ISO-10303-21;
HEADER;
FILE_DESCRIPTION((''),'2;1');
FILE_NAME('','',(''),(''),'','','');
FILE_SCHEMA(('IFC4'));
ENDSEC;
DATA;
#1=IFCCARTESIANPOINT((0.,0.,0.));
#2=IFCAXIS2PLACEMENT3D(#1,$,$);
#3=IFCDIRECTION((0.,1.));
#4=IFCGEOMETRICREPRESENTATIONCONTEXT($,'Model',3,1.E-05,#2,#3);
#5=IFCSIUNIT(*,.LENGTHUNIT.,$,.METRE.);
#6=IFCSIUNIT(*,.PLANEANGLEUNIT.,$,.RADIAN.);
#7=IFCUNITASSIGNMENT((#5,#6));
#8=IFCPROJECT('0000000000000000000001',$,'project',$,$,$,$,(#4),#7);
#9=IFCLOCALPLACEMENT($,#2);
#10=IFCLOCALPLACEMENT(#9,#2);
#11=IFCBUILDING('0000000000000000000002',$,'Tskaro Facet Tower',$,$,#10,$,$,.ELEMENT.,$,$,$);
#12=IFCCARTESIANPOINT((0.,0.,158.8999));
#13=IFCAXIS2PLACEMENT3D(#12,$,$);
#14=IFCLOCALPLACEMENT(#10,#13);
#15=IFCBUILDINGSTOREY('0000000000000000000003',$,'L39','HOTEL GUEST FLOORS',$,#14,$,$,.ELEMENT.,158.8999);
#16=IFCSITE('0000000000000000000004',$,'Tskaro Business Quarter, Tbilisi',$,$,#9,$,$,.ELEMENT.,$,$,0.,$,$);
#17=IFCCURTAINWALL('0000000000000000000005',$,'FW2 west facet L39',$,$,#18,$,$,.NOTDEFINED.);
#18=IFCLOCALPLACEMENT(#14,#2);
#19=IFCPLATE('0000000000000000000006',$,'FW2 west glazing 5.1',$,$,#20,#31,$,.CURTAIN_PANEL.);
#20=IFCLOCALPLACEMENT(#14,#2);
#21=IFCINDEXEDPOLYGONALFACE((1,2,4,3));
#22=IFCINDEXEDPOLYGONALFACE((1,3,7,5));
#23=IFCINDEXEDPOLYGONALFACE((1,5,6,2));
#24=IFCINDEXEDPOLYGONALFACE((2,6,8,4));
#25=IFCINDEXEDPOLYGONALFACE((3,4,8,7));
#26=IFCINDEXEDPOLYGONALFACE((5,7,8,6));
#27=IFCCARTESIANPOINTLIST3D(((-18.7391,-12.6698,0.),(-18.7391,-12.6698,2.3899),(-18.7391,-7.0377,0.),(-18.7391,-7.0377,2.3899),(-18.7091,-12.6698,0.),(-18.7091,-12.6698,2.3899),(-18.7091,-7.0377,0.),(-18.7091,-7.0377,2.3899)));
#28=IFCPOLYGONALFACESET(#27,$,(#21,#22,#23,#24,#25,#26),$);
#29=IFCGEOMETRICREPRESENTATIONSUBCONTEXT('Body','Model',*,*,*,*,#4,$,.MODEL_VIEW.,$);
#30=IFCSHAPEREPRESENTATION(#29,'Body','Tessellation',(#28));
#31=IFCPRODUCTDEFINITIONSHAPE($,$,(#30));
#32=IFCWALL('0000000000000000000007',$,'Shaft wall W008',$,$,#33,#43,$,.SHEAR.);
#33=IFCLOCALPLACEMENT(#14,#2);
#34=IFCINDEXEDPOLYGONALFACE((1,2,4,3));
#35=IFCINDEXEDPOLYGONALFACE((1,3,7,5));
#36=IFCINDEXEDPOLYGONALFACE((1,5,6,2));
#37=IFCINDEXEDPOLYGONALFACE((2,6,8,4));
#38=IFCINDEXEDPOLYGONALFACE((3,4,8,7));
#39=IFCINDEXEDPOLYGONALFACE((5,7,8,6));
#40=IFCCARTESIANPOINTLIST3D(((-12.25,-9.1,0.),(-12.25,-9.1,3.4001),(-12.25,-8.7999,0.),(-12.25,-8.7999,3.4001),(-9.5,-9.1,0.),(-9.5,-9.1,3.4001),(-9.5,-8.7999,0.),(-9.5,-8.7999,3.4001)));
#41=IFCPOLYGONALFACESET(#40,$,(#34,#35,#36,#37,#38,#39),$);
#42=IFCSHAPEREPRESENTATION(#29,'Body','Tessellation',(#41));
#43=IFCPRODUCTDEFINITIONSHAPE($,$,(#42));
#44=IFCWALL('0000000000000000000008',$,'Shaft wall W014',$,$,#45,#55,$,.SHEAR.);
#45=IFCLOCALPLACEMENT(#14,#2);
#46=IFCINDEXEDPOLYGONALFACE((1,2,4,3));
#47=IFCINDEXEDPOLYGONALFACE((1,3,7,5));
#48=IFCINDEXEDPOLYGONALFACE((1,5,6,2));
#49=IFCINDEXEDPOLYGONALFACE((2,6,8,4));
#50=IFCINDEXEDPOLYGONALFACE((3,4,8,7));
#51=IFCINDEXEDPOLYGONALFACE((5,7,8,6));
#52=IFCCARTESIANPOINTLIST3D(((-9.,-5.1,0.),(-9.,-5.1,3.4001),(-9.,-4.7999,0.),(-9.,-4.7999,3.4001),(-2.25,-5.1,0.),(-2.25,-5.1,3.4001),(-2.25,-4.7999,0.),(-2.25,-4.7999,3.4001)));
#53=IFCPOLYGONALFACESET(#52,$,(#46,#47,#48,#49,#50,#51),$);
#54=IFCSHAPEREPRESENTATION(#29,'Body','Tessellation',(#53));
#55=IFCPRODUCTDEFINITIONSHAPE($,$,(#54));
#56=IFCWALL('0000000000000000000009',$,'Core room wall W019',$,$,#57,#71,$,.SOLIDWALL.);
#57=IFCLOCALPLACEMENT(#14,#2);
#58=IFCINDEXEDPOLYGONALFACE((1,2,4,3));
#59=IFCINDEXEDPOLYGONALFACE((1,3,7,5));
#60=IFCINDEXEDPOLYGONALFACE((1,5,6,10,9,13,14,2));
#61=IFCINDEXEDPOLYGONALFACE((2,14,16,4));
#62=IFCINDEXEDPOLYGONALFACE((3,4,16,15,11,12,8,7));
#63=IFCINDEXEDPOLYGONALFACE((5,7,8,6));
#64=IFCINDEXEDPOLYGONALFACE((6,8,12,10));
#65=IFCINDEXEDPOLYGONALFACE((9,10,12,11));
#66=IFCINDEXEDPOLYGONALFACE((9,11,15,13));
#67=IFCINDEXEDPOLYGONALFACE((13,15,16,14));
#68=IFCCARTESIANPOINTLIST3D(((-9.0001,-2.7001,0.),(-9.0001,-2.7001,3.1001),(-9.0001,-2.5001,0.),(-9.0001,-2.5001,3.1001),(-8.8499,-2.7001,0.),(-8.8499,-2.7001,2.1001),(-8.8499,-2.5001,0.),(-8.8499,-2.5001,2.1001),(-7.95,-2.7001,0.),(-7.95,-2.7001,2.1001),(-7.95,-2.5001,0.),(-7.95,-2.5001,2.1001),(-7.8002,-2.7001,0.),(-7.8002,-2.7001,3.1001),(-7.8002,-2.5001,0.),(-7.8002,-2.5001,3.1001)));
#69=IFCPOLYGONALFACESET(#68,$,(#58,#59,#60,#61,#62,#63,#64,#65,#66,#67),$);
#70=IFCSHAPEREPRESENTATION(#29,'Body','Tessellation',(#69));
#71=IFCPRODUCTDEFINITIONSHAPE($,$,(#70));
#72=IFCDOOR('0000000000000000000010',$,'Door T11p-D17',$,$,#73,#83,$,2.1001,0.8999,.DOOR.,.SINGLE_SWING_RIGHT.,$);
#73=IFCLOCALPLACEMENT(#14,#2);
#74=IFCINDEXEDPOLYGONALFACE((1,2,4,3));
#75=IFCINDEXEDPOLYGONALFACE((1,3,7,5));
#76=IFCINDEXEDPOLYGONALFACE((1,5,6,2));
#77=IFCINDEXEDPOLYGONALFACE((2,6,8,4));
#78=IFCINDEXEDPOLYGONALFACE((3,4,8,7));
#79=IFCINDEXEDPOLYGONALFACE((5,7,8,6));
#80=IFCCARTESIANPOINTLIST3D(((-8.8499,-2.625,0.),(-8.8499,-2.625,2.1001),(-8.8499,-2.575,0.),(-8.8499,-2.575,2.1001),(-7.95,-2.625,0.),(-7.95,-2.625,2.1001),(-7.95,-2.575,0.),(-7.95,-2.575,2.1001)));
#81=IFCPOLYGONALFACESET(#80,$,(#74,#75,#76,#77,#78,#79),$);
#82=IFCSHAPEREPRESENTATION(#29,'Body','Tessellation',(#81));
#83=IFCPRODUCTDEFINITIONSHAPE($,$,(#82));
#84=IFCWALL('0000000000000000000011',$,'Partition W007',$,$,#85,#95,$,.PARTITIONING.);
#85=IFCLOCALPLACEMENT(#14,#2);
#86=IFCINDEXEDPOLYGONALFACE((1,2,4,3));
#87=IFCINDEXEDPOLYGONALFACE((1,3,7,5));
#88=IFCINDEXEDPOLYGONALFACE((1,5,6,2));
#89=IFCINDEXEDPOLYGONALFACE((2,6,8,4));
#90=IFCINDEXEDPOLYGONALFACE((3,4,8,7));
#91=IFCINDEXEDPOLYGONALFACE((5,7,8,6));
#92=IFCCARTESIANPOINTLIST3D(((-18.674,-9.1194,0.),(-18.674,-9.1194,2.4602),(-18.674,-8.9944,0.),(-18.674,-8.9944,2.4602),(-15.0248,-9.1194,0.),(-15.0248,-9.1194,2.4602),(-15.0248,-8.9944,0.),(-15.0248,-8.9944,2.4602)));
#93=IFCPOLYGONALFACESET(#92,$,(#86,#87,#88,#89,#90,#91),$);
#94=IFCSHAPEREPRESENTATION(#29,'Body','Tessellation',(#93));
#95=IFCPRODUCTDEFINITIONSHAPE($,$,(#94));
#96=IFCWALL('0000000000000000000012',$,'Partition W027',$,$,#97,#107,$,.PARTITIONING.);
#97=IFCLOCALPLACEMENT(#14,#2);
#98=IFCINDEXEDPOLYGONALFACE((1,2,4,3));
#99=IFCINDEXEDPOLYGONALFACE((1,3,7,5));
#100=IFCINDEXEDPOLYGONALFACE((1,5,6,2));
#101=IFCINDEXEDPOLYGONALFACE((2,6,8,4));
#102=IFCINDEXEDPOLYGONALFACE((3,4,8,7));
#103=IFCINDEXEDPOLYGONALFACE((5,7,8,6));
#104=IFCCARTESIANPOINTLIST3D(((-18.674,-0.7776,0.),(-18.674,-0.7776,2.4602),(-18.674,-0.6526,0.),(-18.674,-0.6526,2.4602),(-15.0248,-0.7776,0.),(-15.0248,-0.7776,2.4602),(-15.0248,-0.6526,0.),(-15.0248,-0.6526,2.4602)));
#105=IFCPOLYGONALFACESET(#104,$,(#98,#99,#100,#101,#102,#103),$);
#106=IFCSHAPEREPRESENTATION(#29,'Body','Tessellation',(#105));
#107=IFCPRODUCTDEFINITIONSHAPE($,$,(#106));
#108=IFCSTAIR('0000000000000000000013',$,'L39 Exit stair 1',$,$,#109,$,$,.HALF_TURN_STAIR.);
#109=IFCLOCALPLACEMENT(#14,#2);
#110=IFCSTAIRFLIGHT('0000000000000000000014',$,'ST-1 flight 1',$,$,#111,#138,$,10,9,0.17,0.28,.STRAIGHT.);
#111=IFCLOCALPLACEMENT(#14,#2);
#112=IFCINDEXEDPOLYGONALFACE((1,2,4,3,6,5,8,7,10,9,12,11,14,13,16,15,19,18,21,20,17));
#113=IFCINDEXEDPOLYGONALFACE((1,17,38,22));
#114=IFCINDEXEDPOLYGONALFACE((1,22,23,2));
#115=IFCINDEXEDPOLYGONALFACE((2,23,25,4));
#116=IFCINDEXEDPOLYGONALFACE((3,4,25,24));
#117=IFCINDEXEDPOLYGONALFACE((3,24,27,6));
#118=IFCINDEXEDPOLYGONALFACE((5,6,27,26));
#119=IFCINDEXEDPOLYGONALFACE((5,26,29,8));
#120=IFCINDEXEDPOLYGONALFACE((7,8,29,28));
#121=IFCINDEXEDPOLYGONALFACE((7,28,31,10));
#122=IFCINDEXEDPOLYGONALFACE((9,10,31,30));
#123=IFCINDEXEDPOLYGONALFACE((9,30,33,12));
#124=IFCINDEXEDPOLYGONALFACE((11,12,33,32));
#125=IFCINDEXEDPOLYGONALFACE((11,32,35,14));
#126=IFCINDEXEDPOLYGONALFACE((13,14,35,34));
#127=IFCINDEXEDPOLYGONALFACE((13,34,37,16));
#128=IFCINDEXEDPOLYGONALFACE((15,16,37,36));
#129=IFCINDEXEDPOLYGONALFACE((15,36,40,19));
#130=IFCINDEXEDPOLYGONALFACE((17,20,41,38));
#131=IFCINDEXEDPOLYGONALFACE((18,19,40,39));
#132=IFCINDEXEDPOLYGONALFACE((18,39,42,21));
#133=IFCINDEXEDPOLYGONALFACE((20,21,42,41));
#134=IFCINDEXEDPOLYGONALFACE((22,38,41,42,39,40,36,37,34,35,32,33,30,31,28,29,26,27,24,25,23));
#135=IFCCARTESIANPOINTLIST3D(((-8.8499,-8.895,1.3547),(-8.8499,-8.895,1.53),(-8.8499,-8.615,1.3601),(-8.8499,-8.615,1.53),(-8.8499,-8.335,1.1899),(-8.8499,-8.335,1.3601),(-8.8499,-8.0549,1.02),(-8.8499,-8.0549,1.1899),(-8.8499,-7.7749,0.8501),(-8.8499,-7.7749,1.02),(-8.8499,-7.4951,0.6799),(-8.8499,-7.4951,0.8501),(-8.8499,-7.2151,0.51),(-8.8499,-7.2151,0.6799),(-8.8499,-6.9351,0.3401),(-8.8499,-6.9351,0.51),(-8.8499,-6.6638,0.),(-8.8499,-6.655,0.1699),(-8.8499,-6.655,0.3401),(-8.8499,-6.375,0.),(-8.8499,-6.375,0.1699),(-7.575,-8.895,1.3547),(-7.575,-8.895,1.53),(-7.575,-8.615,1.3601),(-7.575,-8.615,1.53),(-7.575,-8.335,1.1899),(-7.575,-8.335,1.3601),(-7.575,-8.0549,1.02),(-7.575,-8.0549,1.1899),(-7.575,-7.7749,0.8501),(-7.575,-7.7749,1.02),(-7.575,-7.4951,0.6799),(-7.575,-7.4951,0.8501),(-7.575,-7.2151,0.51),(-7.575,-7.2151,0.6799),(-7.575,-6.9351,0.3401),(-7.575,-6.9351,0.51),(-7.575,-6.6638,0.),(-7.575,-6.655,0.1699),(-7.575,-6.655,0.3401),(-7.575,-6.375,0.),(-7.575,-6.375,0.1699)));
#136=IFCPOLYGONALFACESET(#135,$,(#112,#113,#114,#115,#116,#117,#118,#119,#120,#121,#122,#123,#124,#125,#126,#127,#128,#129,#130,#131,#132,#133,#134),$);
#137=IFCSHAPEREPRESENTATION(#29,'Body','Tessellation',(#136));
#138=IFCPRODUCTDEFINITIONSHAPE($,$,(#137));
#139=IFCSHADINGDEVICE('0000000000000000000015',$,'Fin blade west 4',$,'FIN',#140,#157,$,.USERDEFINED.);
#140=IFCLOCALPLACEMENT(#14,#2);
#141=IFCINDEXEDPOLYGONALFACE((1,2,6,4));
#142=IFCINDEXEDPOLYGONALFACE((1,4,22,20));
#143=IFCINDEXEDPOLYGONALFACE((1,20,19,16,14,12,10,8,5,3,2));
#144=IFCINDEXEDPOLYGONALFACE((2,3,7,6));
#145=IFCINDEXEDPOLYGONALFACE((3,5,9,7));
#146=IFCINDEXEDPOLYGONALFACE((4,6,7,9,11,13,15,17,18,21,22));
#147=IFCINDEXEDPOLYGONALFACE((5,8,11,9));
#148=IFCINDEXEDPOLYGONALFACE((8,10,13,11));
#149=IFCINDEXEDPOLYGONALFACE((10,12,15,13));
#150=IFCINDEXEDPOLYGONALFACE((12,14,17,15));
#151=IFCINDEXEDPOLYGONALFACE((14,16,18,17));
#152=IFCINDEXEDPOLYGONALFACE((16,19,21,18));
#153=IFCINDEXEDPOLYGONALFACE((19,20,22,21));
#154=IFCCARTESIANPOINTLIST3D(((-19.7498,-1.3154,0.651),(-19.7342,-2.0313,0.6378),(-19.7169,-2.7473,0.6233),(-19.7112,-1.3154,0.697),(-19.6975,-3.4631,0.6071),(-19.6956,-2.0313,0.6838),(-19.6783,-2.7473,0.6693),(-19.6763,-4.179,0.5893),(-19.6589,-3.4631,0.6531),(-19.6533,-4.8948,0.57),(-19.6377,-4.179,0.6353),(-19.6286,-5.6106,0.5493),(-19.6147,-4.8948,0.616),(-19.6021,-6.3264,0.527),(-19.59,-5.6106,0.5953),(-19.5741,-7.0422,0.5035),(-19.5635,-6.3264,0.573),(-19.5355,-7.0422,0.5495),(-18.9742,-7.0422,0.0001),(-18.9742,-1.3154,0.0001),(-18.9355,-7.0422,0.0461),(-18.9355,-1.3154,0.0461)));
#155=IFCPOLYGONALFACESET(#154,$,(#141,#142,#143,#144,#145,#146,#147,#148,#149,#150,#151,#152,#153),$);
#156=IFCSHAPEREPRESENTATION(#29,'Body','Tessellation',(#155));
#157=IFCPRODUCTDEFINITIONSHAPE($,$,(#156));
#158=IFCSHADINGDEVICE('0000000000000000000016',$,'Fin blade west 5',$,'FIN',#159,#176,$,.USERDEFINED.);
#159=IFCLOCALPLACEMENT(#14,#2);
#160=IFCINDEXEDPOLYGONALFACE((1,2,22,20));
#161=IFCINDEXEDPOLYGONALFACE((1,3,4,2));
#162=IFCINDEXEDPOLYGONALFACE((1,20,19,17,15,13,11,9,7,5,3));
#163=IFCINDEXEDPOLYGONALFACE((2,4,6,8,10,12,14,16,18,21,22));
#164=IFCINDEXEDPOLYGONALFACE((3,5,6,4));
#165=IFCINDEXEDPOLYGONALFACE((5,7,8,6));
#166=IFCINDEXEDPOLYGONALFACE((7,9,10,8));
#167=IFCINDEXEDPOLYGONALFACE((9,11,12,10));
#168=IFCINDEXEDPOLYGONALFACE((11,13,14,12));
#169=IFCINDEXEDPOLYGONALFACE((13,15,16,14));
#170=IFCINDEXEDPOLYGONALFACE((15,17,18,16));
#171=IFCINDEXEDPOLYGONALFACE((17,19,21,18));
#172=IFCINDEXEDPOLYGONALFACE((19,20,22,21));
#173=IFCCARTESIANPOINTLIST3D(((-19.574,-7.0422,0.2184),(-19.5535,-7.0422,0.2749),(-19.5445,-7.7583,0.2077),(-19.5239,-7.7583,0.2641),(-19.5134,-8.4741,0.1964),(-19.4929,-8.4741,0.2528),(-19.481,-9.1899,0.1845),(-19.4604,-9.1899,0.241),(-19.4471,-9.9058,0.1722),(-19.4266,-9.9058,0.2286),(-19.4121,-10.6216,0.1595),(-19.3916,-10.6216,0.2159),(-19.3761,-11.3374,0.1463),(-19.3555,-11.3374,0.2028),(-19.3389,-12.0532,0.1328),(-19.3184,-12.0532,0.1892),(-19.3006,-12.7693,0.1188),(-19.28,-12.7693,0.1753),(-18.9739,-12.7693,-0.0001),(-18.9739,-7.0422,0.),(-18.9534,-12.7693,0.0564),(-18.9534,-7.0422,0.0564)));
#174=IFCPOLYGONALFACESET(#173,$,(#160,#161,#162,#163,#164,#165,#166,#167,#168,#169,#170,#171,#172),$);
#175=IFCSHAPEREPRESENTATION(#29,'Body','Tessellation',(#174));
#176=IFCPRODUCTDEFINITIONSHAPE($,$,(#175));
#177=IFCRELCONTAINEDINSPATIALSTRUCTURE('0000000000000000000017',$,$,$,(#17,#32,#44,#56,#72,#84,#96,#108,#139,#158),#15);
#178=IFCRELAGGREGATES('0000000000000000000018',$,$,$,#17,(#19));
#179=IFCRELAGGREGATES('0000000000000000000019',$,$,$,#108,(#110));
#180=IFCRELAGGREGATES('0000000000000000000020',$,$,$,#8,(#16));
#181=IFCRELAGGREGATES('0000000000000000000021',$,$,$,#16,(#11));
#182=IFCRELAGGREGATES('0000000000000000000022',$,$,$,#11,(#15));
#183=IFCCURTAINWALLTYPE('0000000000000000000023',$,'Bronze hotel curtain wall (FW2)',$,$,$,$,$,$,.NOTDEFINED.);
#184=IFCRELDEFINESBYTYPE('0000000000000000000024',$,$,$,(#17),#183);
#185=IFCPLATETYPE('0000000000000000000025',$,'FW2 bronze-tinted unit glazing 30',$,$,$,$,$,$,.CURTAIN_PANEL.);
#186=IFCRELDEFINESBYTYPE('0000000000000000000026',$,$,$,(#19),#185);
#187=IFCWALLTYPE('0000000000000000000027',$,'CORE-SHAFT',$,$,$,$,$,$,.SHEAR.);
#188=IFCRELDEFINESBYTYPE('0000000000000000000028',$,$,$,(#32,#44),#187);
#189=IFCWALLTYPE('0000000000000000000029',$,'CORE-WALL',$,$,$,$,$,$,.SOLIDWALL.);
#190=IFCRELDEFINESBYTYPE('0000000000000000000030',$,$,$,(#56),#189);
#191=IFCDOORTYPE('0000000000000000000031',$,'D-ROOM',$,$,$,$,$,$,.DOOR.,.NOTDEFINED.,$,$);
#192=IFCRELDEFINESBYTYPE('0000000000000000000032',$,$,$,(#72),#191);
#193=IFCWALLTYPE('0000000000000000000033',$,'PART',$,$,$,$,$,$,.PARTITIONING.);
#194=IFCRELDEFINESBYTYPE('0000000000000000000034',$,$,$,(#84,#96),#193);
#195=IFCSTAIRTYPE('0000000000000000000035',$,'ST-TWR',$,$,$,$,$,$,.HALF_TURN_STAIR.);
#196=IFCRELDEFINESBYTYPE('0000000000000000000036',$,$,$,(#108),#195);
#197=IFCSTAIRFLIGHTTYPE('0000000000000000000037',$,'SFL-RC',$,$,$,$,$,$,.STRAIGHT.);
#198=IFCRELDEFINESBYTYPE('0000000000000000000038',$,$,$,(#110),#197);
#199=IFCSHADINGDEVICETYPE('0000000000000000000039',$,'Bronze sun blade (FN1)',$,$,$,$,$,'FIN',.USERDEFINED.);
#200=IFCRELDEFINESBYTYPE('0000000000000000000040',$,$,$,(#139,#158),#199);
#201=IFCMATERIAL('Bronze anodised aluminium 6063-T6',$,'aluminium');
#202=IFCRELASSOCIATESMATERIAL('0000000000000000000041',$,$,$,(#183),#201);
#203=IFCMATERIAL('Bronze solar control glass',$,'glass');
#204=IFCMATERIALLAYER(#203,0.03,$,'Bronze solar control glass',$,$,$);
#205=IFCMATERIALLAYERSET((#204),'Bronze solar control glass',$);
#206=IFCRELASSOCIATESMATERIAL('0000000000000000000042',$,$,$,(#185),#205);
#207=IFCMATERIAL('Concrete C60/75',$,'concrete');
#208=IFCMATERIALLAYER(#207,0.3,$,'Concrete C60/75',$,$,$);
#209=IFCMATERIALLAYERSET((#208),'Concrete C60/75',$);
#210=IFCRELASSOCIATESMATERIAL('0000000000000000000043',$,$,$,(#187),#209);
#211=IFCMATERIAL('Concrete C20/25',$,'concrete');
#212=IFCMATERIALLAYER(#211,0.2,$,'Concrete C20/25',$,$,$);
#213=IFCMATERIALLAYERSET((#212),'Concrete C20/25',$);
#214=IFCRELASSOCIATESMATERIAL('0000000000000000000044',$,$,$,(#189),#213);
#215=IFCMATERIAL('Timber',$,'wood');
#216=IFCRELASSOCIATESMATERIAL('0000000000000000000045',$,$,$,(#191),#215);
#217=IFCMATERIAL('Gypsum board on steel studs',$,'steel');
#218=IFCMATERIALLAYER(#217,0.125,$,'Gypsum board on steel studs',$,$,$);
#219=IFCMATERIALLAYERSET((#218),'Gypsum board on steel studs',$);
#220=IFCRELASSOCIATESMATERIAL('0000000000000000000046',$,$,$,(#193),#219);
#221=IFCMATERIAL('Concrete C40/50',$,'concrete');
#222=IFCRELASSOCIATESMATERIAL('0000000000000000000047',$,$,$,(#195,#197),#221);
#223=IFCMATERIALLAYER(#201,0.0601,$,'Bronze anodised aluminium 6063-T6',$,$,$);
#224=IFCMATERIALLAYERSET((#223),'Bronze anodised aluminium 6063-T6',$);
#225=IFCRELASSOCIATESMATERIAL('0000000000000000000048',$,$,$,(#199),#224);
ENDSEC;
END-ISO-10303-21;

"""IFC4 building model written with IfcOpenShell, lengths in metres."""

from ifc_helpers import new_model, si_unit, direction, frame, frame_2d, origin, origin_2d, place, context, subcontext, project, spatial, polyline, rectangle, outline, extrude, material, layer, layer_set, type_object, element, fill, aggregate, save


model = new_model("IFC4")

# Units and contexts
model_context = context("Model", 3, precision=1e-05, world=origin(), true_north=direction((0.0, 1.0)))
body_context = subcontext(model_context, "Body", "Model", "MODEL_VIEW")
ifc_project = project(units=[si_unit("LENGTHUNIT", "METRE"), si_unit("PLANEANGLEUNIT", "RADIAN")], contexts=[model_context])

# Site, building, storey
site_placement = place(None, origin())
site = spatial("IfcSite", under=ifc_project, at=site_placement, Name="Tskaro Business Quarter, Tbilisi", CompositionType="ELEMENT", RefElevation=0.0)
building_placement = place(site_placement, origin())
building = spatial("IfcBuilding", under=site, at=building_placement, Name="Tskaro Facet Tower", CompositionType="ELEMENT")
storey_placement = place(building_placement, frame((0.0, 0.0, 158.8999)))
storey = spatial("IfcBuildingStorey", under=building, at=storey_placement, Name="L39", Description="HOTEL GUEST FLOORS", CompositionType="ELEMENT", Elevation=158.8999)

# Curtain wall
ifc_material_1 = material(Name="Bronze anodised aluminium 6063-T6", Category="aluminium")
curtain_wall_type = type_object("IfcCurtainWallType", Name="Bronze hotel curtain wall (FW2)", PredefinedType="NOTDEFINED", material=ifc_material_1)
curtain_wall_placement = place(storey_placement, origin())
curtain_wall = element("IfcCurtainWall", 1, at=curtain_wall_placement, inside=storey, type_object=curtain_wall_type, Name="FW2 west facet L39", PredefinedType="NOTDEFINED")

# Plate
ifc_material_2 = material(Name="Bronze solar control glass", Category="glass")
ifc_layer_1 = layer(ifc_material_2, 0.03, Name="Bronze solar control glass")
ifc_layer_set_1 = layer_set([ifc_layer_1], Name="Bronze solar control glass")
plate_type = type_object("IfcPlateType", Name="FW2 bronze-tinted unit glazing 30", PredefinedType="CURTAIN_PANEL", material=ifc_layer_set_1)
plate_1_placement = place(storey_placement, frame((-18.7241, -9.8538, 0.0), z_axis=(0.0, 0.0, 1.0), x_axis=(0.0, -1.0, 0.0)))
plate_1 = element("IfcPlate", 2, at=plate_1_placement, type_object=plate_type, Name="FW2 west glazing 5.1", PredefinedType="CURTAIN_PANEL", context=body_context, shape_type="SweptSolid", body=[
    extrude(rectangle(XDim=5.6321, YDim=0.03, at=origin_2d()), origin(), (0.0, 0.0, 1.0), 2.3899),
])
aggregate(curtain_wall, [plate_1])

# Walls
ifc_material_3 = material(Name="Concrete C60/75", Category="concrete")
ifc_layer_2 = layer(ifc_material_3, 0.3, Name="Concrete C60/75")
ifc_layer_set_2 = layer_set([ifc_layer_2], Name="Concrete C60/75")
wall_type_1 = type_object("IfcWallType", Name="CORE-SHAFT", PredefinedType="SHEAR", material=ifc_layer_set_2)
wall_1_placement = place(storey_placement, frame((-12.25, -8.95, 0.0), z_axis=(0.0, 0.0, 1.0), x_axis=(1.0, 0.0, 0.0)))
element("IfcWall", 3, at=wall_1_placement, inside=storey, type_object=wall_type_1, Name="Shaft wall W008", PredefinedType="SHEAR", context=body_context, shape_type="SweptSolid", body=[
    extrude(rectangle(XDim=2.75, YDim=0.3, at=frame_2d((1.375, 0.0))), origin(), (0.0, 0.0, 1.0), 3.4001),
])
wall_2_placement = place(storey_placement, frame((-9.0, -4.95, 0.0), z_axis=(0.0, 0.0, 1.0), x_axis=(1.0, 0.0, 0.0)))
element("IfcWall", 4, at=wall_2_placement, inside=storey, type_object=wall_type_1, Name="Shaft wall W014", PredefinedType="SHEAR", context=body_context, shape_type="SweptSolid", body=[
    extrude(rectangle(XDim=6.75, YDim=0.3, at=frame_2d((3.375, 0.0))), origin(), (0.0, 0.0, 1.0), 3.4001),
])

# Wall, opening, door
ifc_material_4 = material(Name="Concrete C20/25", Category="concrete")
ifc_layer_3 = layer(ifc_material_4, 0.2, Name="Concrete C20/25")
ifc_layer_set_3 = layer_set([ifc_layer_3], Name="Concrete C20/25")
wall_type_2 = type_object("IfcWallType", Name="CORE-WALL", PredefinedType="SOLIDWALL", material=ifc_layer_set_3)
wall_3_placement = place(storey_placement, frame((-7.8, -2.6001, 0.0), z_axis=(0.0, 0.0, 1.0), x_axis=(-1.0, 0.0, 0.0)))
wall_3 = element("IfcWall", 5, at=wall_3_placement, inside=storey, type_object=wall_type_2, Name="Core room wall W019", PredefinedType="SOLIDWALL", context=body_context, shape_type="SweptSolid", body=[
    extrude(rectangle(XDim=1.2, YDim=0.2, at=frame_2d((0.6001, 0.0))), origin(), (0.0, 0.0, 1.0), 3.1001),
])
opening_placement = place(wall_3_placement, frame((0.1499, 0.0, 0.0)))
opening = element("IfcOpeningElement", 6, at=opening_placement, cuts=wall_3, PredefinedType="OPENING", context=body_context, shape_type="SweptSolid", body=[
    extrude(rectangle(XDim=0.8999, YDim=2.1001, at=frame_2d((0.45, 1.05))), frame((0.0, 0.1099, 0.0), z_axis=(0.0, -1.0, 0.0), x_axis=(1.0, 0.0, 0.0)), (0.0, 0.0, 1.0), 0.22),
])
ifc_material_5 = material(Name="Timber", Category="wood")
door_type = type_object("IfcDoorType", Name="D-ROOM", OperationType="NOTDEFINED", PredefinedType="DOOR", material=ifc_material_5)
door_placement = place(opening_placement, origin())
door = element("IfcDoor", 7, at=door_placement, inside=storey, type_object=door_type, Name="Door T11p-D17", OperationType="SINGLE_SWING_RIGHT", OverallHeight=2.1001, OverallWidth=0.8999, PredefinedType="DOOR", context=body_context, shape_type="SweptSolid", body=[
    extrude(rectangle(XDim=0.8999, YDim=2.1001, at=frame_2d((0.45, 1.05))), frame((0.0, 0.0249, 0.0), z_axis=(0.0, -1.0, 0.0), x_axis=(1.0, 0.0, 0.0)), (0.0, 0.0, 1.0), 0.05),
])
fill(opening, door)

# Walls
ifc_material_6 = material(Name="Gypsum board on steel studs", Category="steel")
ifc_layer_4 = layer(ifc_material_6, 0.125, Name="Gypsum board on steel studs")
ifc_layer_set_4 = layer_set([ifc_layer_4], Name="Gypsum board on steel studs")
wall_type_3 = type_object("IfcWallType", Name="PART", PredefinedType="PARTITIONING", material=ifc_layer_set_4)
for number, where, z_axis, x_axis, name in (
    (8, (-18.6741, -9.0569, 0.0), (0.0, 0.0, 1.0), (1.0, 0.0, 0.0), "Partition W007"),
    (9, (-18.6741, -0.7151, 0.0), (0.0, 0.0, 1.0), (1.0, 0.0, 0.0), "Partition W027"),
):
    element("IfcWall", number, at=place(storey_placement, frame(where, z_axis=z_axis, x_axis=x_axis)), inside=storey, type_object=wall_type_3, Name=name, PredefinedType="PARTITIONING", context=body_context, shape_type="SweptSolid", body=[
        extrude(rectangle(XDim=3.6492, YDim=0.125, at=frame_2d((1.8247, 0.0))), origin(), (0.0, 0.0, 1.0), 2.4602),
    ])

# Stair, stair flight
ifc_material_7 = material(Name="Concrete C40/50", Category="concrete")
stair_type = type_object("IfcStairType", Name="ST-TWR", PredefinedType="HALF_TURN_STAIR", material=ifc_material_7)
stair_placement = place(storey_placement, origin())
stair = element("IfcStair", 10, at=stair_placement, inside=storey, type_object=stair_type, Name="L39 Exit stair 1", PredefinedType="HALF_TURN_STAIR")
stair_flight_type = type_object("IfcStairFlightType", Name="SFL-RC", PredefinedType="STRAIGHT", material=ifc_material_7)
stair_flight_placement = place(storey_placement, frame((-8.2124, -6.375, 0.0), z_axis=(0.0, 0.0, 1.0), x_axis=(0.0, -1.0, 0.0)))
stair_flight = element("IfcStairFlight", 11, at=stair_flight_placement, type_object=stair_flight_type, Name="ST-1 flight 1", NumberOfRisers=10, NumberOfTreads=9, PredefinedType="STRAIGHT", RiserHeight=0.17, TreadLength=0.28, context=body_context, shape_type="SweptSolid", body=[
    extrude(outline(polyline([(0.0, 0.0), (0.0, 0.1699), (0.28, 0.1699), (0.28, 0.3401), (0.5601, 0.3401), (0.5601, 0.51), (0.8401, 0.51), (0.8401, 0.6799), (1.1201, 0.6799), (1.1201, 0.8501), (1.3999, 0.8501), (1.3999, 1.02), (1.6799, 1.02), (1.6799, 1.1899), (1.96, 1.1899), (1.96, 1.3601), (2.24, 1.3601), (2.24, 1.53), (2.52, 1.53), (2.52, 1.7), (2.52, 1.3547), (0.2888, 0.0), (0.0, 0.0)])), frame((0.0, 0.6375, 0.0), z_axis=(0.0, -1.0, 0.0), x_axis=(1.0, 0.0, 0.0)), (0.0, 0.0, 1.0), 1.2749),
])
aggregate(stair, [stair_flight])

# Shading devices
ifc_layer_5 = layer(ifc_material_1, 0.0601, Name="Bronze anodised aluminium 6063-T6")
ifc_layer_set_5 = layer_set([ifc_layer_5], Name="Bronze anodised aluminium 6063-T6")
shading_device_type = type_object("IfcShadingDeviceType", Name="Bronze sun blade (FN1)", ElementType="FIN", PredefinedType="USERDEFINED", material=ifc_layer_set_5)
shading_device_1_placement = place(storey_placement, frame((-18.9355, -1.3154, 0.0461), z_axis=(0.642767, 0.0, 0.766062), x_axis=(0.0, -1.0, 0.0)))
element("IfcShadingDevice", 12, at=shading_device_1_placement, inside=storey, type_object=shading_device_type, Name="Fin blade west 4", ObjectType="FIN", PredefinedType="USERDEFINED", context=body_context, shape_type="SweptSolid", body=[
    extrude(outline(polyline([(0.0, 0.0), (5.7268, 0.0), (5.7268, -0.7831), (5.011, -0.8197), (4.2952, -0.8543), (3.5793, -0.8866), (2.8635, -0.9166), (2.1477, -0.9443), (1.4319, -0.9696), (0.7158, -0.9921), (0.0, -1.0125), (0.0, 0.0)])), origin(), (0.0, 0.0, -1.0), 0.0601),
])
shading_device_2_placement = place(storey_placement, frame((-18.9534, -7.0422, 0.0564), z_axis=(0.342071, -0.000006, 0.939674), x_axis=(-0.000002, -1.0, -0.000006)))
element("IfcShadingDevice", 13, at=shading_device_2_placement, inside=storey, type_object=shading_device_type, Name="Fin blade west 5", ObjectType="FIN", PredefinedType="USERDEFINED", context=body_context, shape_type="SweptSolid", body=[
    extrude(outline(polyline([(0.0, 0.0), (5.7271, 0.0), (5.7271, -0.3476), (5.011, -0.3884), (4.2952, -0.428), (3.5793, -0.4663), (2.8635, -0.5036), (2.1477, -0.5396), (1.4319, -0.5741), (0.7161, -0.6072), (0.0, -0.6386), (0.0, 0.0)])), origin(), (0.0, 0.0, -1.0), 0.0601),
])

save(model, "model.ifc")
